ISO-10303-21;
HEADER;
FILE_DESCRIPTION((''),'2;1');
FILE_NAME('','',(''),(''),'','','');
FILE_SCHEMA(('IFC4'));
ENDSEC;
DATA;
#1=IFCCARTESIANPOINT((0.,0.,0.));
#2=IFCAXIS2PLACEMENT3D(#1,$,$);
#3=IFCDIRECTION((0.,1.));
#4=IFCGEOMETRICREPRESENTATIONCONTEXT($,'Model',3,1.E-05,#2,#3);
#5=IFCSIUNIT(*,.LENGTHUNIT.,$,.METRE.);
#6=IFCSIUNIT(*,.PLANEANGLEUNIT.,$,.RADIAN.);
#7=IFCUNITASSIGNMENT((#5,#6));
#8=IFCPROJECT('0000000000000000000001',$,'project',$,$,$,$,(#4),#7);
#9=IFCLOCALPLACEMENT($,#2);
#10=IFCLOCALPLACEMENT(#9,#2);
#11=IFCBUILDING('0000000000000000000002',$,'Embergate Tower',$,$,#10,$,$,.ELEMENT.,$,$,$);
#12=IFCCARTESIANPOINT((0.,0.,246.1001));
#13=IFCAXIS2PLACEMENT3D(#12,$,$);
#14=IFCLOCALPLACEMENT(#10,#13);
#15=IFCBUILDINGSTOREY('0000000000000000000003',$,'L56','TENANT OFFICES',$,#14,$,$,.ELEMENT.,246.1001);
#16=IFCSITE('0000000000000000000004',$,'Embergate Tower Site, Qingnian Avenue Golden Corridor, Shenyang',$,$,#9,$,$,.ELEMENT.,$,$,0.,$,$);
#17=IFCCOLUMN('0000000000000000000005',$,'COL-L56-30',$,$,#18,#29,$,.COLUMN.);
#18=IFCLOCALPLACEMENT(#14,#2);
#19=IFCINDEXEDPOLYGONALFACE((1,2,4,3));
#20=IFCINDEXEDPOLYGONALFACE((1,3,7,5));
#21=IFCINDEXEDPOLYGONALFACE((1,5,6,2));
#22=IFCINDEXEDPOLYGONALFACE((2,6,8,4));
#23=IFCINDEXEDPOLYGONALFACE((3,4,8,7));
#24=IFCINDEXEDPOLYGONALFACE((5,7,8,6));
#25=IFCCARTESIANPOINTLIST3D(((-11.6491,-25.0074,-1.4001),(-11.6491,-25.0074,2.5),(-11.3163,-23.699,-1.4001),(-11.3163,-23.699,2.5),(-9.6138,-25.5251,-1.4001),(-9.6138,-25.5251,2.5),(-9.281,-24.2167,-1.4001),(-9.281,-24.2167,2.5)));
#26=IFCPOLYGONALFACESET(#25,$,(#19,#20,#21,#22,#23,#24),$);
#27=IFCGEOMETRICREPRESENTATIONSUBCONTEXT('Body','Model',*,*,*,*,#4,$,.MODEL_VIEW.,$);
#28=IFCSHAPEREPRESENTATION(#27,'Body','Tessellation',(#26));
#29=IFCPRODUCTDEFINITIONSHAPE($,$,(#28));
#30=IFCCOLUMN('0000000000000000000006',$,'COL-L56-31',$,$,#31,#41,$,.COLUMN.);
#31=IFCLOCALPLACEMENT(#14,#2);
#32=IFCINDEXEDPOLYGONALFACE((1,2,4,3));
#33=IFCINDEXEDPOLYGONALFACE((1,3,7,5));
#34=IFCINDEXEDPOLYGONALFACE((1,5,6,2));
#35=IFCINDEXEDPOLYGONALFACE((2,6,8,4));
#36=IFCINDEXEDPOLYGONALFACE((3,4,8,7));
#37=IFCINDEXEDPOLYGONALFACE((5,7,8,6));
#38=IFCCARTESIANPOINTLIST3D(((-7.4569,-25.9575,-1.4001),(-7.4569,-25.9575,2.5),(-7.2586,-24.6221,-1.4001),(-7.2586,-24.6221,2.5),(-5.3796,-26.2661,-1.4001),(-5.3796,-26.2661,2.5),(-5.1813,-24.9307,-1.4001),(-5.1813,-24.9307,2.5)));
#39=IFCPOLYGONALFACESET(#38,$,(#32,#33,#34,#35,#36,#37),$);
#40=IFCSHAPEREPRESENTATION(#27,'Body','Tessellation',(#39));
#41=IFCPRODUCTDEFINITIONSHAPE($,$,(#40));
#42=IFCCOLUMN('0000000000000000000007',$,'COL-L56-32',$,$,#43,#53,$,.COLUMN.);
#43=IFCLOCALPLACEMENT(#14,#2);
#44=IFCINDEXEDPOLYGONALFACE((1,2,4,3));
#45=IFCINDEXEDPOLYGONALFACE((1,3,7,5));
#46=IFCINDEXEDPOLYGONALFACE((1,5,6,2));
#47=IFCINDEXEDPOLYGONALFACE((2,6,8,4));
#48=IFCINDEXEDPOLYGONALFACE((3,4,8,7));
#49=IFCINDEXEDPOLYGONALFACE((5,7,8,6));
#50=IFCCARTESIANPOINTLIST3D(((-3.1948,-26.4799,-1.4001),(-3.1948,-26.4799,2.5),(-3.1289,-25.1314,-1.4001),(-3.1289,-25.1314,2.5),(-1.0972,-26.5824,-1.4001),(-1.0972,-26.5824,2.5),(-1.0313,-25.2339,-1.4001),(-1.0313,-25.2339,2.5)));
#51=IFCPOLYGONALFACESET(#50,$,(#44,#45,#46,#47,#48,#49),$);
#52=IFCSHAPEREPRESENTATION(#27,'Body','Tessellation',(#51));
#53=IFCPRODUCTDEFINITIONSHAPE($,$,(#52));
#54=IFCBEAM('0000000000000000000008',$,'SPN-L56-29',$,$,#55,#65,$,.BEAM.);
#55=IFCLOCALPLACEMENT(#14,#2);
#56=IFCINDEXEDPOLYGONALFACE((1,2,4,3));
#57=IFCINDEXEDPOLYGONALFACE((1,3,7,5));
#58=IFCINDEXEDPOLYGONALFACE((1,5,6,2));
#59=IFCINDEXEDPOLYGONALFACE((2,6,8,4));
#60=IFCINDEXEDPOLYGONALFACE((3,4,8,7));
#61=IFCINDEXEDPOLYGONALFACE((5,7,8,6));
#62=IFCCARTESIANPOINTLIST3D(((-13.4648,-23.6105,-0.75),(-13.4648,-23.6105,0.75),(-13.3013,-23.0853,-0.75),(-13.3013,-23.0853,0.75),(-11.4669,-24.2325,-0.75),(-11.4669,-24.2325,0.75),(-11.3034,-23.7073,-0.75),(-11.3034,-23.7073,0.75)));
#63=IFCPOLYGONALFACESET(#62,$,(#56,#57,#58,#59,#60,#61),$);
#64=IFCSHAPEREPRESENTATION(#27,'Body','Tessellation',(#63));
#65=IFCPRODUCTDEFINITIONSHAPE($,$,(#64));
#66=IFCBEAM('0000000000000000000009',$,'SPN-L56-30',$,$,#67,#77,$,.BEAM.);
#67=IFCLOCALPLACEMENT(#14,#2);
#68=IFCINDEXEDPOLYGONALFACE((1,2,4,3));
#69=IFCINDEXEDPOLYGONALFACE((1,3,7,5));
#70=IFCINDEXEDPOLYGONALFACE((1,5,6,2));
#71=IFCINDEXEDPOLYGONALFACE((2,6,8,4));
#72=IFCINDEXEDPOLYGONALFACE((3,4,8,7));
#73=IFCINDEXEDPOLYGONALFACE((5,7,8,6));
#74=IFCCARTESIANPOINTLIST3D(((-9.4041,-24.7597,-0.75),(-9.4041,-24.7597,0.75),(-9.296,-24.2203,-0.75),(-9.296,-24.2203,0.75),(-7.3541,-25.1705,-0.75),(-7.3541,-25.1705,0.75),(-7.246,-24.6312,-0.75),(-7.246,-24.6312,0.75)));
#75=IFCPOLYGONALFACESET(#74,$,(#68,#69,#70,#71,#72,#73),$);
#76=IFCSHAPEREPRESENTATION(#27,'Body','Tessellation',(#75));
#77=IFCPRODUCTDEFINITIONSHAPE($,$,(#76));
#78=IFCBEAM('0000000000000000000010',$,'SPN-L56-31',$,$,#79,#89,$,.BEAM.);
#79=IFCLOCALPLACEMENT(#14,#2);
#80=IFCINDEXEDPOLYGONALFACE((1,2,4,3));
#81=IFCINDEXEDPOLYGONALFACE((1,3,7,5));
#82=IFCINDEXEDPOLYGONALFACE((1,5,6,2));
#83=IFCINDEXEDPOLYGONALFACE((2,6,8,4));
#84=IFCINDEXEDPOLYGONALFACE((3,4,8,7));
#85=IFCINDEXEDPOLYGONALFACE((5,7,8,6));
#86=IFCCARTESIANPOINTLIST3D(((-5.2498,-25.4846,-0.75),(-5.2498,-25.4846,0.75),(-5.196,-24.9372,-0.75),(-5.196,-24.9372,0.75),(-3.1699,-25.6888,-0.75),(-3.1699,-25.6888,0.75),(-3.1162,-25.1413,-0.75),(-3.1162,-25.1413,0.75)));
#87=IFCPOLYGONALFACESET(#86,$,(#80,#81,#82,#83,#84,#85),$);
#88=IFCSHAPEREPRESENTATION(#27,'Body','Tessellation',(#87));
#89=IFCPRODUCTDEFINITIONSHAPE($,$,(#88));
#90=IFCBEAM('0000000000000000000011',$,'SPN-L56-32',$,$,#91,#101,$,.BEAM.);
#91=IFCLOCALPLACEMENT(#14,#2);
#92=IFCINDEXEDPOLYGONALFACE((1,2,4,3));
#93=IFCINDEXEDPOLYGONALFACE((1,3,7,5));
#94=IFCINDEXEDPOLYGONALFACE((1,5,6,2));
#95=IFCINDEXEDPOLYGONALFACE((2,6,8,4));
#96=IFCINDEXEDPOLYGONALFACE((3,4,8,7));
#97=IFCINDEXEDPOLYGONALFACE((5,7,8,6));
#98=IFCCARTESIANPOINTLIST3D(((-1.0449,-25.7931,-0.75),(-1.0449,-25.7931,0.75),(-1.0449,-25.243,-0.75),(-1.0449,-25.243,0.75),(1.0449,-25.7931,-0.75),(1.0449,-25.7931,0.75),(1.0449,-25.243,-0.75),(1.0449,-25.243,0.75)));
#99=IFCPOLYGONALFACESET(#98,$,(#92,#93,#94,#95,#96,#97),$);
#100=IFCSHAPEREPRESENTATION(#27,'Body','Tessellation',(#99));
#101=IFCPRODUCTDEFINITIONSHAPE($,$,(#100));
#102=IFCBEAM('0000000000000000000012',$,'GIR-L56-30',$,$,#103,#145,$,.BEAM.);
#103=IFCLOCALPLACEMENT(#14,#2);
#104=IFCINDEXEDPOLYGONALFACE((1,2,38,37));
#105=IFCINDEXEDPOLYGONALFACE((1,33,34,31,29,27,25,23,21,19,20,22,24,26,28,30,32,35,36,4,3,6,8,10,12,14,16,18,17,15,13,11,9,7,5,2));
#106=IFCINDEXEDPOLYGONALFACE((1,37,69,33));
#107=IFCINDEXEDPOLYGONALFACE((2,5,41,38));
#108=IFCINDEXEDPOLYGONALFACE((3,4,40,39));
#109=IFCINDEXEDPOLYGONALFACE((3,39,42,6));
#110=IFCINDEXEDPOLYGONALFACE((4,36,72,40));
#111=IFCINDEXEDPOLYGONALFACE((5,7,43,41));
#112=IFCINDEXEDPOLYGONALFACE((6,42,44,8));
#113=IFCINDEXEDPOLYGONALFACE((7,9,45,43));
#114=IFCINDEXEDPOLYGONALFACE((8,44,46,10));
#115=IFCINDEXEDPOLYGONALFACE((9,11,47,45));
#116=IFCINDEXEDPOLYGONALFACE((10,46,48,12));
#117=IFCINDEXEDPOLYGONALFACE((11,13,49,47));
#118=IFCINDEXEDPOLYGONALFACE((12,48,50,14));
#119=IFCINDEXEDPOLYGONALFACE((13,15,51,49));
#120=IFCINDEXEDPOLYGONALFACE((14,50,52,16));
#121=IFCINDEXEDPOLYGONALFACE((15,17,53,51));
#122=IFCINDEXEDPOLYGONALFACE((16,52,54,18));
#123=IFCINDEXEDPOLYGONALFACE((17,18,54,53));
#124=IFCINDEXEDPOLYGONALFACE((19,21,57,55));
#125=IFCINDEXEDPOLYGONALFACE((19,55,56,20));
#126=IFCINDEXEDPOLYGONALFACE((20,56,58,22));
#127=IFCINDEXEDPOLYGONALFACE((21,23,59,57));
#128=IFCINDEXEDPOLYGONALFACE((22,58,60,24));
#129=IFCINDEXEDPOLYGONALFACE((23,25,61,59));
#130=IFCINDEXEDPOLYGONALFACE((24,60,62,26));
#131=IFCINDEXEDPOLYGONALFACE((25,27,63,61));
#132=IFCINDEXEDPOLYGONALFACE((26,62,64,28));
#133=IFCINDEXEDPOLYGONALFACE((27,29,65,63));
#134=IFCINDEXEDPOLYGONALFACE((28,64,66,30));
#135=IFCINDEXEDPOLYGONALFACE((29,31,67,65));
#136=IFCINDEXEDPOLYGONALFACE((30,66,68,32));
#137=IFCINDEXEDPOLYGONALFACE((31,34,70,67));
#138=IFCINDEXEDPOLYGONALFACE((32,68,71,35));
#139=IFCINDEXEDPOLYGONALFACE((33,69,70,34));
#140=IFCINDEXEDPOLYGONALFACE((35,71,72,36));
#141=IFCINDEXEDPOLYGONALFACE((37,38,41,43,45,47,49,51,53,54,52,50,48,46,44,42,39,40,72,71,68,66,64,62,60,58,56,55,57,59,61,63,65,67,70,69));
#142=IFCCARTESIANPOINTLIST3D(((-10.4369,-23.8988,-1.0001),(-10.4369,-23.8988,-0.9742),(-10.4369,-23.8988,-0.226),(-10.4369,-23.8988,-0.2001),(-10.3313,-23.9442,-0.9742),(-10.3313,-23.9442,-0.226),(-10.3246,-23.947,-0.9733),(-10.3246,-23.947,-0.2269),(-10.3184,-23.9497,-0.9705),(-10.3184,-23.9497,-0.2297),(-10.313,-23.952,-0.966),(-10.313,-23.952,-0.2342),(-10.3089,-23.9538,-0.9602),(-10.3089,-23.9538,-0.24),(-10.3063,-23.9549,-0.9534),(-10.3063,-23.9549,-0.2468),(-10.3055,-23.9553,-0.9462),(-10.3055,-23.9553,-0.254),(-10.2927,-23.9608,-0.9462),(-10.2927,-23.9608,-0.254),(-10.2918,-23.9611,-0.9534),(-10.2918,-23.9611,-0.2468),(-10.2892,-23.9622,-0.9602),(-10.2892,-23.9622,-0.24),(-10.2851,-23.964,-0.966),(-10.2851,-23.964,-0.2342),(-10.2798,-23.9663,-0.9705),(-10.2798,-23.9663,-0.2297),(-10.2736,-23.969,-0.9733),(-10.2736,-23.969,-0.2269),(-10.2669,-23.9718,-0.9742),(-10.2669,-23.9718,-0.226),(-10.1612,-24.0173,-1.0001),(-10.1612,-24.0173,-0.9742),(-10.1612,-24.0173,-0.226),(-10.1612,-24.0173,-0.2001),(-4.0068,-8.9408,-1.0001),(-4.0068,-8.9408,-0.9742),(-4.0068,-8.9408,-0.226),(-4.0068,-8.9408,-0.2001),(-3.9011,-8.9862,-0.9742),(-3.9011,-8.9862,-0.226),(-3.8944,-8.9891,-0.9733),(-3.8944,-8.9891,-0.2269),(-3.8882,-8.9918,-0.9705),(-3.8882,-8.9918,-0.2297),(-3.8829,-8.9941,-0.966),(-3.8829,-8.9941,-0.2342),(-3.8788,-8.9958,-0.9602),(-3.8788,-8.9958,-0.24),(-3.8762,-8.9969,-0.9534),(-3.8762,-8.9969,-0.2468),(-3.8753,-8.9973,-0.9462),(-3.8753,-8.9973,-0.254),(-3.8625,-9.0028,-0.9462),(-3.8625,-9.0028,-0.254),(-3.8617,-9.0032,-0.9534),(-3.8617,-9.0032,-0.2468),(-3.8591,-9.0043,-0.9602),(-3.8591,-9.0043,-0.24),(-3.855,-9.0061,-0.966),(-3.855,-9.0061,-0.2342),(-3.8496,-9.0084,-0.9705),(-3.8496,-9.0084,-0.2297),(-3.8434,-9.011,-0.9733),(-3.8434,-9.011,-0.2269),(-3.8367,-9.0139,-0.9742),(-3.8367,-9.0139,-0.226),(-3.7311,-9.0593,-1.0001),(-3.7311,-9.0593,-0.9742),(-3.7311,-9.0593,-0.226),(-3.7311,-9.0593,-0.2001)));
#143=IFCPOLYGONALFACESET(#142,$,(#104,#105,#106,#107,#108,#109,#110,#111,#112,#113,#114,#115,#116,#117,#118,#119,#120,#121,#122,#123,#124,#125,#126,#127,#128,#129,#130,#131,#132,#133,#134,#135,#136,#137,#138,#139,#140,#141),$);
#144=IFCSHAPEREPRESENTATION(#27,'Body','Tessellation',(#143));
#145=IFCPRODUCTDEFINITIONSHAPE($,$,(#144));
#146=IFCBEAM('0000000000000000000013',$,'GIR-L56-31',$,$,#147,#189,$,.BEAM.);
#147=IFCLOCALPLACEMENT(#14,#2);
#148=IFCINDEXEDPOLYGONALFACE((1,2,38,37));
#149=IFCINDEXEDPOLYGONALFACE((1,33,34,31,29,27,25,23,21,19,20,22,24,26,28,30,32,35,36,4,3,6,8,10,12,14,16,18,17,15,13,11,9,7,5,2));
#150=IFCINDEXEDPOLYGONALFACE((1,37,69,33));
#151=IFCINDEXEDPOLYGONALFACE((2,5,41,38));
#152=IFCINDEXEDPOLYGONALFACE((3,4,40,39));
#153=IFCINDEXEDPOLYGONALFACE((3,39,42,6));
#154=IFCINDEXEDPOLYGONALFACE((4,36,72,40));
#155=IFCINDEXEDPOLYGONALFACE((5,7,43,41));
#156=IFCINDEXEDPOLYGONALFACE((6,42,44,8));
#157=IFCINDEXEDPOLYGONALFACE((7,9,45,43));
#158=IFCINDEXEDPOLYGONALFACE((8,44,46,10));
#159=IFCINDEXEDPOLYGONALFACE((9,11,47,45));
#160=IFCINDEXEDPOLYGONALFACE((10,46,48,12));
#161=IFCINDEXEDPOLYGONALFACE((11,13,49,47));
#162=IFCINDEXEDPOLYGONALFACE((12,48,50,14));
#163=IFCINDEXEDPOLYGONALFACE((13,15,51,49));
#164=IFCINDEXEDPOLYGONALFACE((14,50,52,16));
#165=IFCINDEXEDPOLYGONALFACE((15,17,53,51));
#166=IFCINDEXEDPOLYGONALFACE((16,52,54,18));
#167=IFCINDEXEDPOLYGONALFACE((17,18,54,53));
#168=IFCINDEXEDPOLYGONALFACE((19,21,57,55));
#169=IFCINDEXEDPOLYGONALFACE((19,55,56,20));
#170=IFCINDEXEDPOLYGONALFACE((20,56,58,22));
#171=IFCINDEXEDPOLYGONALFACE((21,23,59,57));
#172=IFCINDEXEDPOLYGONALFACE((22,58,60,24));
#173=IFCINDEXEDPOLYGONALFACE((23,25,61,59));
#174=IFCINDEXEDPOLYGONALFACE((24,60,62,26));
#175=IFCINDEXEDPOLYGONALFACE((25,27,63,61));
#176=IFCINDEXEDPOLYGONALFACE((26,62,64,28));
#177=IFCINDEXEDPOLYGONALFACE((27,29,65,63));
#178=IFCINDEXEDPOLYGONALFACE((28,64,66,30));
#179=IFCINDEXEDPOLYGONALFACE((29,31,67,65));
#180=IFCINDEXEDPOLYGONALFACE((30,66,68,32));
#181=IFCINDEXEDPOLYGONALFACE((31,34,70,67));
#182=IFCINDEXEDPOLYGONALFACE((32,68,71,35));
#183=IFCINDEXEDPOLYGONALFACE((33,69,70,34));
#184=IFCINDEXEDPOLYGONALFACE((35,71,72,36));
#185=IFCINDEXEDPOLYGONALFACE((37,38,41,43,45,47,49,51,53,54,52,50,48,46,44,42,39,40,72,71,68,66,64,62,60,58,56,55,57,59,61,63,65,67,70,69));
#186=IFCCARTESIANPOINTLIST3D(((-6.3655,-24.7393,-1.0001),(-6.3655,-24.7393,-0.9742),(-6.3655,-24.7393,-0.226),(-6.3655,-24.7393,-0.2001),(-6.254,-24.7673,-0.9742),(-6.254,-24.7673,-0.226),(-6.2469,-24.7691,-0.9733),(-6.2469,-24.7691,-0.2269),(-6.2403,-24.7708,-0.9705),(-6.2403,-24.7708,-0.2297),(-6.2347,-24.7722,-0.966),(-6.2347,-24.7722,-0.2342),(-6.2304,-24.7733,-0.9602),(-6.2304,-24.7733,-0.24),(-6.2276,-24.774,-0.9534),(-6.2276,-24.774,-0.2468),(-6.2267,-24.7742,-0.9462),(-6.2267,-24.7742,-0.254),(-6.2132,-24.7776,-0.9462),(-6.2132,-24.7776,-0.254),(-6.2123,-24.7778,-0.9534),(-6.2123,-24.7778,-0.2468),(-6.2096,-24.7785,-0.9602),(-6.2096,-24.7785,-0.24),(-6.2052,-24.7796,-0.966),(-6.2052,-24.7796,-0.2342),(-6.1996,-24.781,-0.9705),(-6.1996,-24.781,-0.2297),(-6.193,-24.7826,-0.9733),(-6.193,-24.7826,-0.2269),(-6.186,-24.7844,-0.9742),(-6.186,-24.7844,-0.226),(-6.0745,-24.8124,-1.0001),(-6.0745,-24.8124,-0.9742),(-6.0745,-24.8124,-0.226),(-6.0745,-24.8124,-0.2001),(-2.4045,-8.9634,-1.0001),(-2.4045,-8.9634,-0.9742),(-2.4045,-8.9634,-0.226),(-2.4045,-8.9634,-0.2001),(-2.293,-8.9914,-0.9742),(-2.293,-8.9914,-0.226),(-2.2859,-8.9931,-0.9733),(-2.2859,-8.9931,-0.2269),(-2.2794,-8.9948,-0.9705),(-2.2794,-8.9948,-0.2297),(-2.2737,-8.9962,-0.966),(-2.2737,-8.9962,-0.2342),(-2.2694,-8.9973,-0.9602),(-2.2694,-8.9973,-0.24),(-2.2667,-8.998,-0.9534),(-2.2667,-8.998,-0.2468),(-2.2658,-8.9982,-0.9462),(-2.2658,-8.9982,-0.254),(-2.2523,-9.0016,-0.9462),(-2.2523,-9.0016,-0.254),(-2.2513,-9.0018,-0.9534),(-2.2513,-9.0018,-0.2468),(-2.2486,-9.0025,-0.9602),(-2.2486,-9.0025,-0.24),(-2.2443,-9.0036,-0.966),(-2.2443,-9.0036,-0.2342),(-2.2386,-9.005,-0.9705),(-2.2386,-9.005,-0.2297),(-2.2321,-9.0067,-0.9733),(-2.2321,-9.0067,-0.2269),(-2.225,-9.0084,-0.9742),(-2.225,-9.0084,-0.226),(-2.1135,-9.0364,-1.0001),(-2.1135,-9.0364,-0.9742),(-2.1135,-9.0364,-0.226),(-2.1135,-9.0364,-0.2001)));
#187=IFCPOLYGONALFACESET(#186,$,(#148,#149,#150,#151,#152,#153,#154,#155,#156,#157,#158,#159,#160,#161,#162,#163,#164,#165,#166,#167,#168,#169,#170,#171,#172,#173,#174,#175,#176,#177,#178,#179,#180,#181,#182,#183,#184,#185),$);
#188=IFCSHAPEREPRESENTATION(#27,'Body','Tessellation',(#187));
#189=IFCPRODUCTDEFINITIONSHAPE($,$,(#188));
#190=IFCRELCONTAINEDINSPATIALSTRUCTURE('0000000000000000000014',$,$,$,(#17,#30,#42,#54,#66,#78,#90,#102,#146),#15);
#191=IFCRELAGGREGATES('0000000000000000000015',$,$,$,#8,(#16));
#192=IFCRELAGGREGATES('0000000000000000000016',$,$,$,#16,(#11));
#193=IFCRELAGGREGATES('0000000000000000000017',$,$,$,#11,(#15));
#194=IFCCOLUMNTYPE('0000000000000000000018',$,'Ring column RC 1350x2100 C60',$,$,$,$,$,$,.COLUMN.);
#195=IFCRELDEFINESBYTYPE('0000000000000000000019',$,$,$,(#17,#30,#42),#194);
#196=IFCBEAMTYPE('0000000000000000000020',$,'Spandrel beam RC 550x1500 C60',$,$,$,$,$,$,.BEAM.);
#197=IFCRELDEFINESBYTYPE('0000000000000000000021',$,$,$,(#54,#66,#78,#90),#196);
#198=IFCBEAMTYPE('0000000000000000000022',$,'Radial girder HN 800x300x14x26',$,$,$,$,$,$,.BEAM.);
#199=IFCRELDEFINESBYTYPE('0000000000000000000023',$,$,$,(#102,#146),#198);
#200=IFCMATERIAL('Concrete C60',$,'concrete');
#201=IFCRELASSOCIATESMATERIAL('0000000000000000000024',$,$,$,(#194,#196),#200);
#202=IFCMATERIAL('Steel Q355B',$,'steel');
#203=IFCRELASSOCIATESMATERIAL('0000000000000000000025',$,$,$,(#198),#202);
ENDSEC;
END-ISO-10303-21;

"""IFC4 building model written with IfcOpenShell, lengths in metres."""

from ifc_helpers import new_model, si_unit, direction, frame, origin, origin_2d, place, context, subcontext, project, spatial, rectangle, i_section, extrude, source, transform, mapped, material, material_profile, profile_set, type_object, element, save


model = new_model("IFC4")

# Units and contexts
model_context = context("Model", 3, precision=1e-05, world=origin(), true_north=direction((0.0, 1.0)))
body_context = subcontext(model_context, "Body", "Model", "MODEL_VIEW")
ifc_project = project(units=[si_unit("LENGTHUNIT", "METRE"), si_unit("PLANEANGLEUNIT", "RADIAN")], contexts=[model_context])

# Site, building, storey
site_placement = place(None, origin())
site = spatial("IfcSite", under=ifc_project, at=site_placement, Name="Embergate Tower Site, Qingnian Avenue Golden Corridor, Shenyang", CompositionType="ELEMENT", RefElevation=0.0)
building_placement = place(site_placement, origin())
building = spatial("IfcBuilding", under=site, at=building_placement, Name="Embergate Tower", CompositionType="ELEMENT")
storey_placement = place(building_placement, frame((0.0, 0.0, 246.1001)))
storey = spatial("IfcBuildingStorey", under=building, at=storey_placement, Name="L56", Description="TENANT OFFICES", CompositionType="ELEMENT", Elevation=246.1001)

# Columns
ifc_material_1 = material(Name="Concrete C60", Category="concrete")
ifc_material_profile_1 = material_profile(ifc_material_1, rectangle(XDim=1.3501, YDim=2.1001, at=origin_2d()), Name="RC 1350x2100")
ifc_profile_set_1 = profile_set([ifc_material_profile_1], Name="Concrete C60")
column_type = type_object("IfcColumnType", Name="Ring column RC 1350x2100 C60", PredefinedType="COLUMN", material=ifc_profile_set_1)
shared_shape_1 = source(origin(), body_context, "Body", "SweptSolid", [
    extrude(rectangle(XDim=1.3501, YDim=2.1001, at=origin_2d()), origin(), (0.0, 0.0, 1.0), 3.9001),
])
for number, where, z_axis, x_axis, name in (
    (1, (-10.4651, -24.6121, -1.4001), (0.0, 0.0, 1.0), (-0.246509, -0.969141, 0.0), "COL-L56-30"),
    (2, (-6.3191, -25.4441, -1.4001), (0.0, 0.0, 1.0), (-0.146929, -0.989147, 0.0), "COL-L56-31"),
    (3, (-2.113, -25.8569, -1.4001), (0.0, 0.0, 1.0), (-0.048815, -0.998808, 0.0), "COL-L56-32"),
):
    element("IfcColumn", number, at=place(storey_placement, frame(where, z_axis=z_axis, x_axis=x_axis)), inside=storey, type_object=column_type, Name=name, PredefinedType="COLUMN", context=body_context, shape_type="MappedRepresentation", body=[
        mapped(shared_shape_1, transform((0.0, 0.0, 0.0))),
    ])

# Beams
ifc_material_profile_2 = material_profile(ifc_material_1, rectangle(XDim=0.55, YDim=1.5, at=origin_2d()), Name="RC 550x1500")
ifc_profile_set_2 = profile_set([ifc_material_profile_2], Name="Concrete C60")
beam_type_1 = type_object("IfcBeamType", Name="Spandrel beam RC 550x1500 C60", PredefinedType="BEAM", material=ifc_profile_set_2)
shared_shape_2 = source(origin(), body_context, "Body", "SweptSolid", [
    extrude(rectangle(XDim=0.55, YDim=1.5, at=origin_2d()), origin(), (0.0, 0.0, 1.0), 2.0925),
])
beam_1_placement = place(storey_placement, frame((-13.3831, -23.3479, 0.0), z_axis=(0.954795, -0.297265, 0.0), x_axis=(0.297265, 0.954795, 0.0)))
element("IfcBeam", 4, at=beam_1_placement, inside=storey, type_object=beam_type_1, Name="SPN-L56-29", PredefinedType="BEAM", context=body_context, shape_type="MappedRepresentation", body=[
    mapped(shared_shape_2, transform((0.0, 0.0, 0.0))),
])
shared_shape_3 = source(origin(), body_context, "Body", "SweptSolid", [
    extrude(rectangle(XDim=0.55, YDim=1.5, at=origin_2d()), origin(), (0.0, 0.0, 1.0), 2.0908),
])
beam_2_placement = place(storey_placement, frame((-9.3501, -24.49, 0.0), z_axis=(0.9805, -0.19652, 0.0), x_axis=(0.19652, 0.9805, 0.0)))
element("IfcBeam", 5, at=beam_2_placement, inside=storey, type_object=beam_type_1, Name="SPN-L56-30", PredefinedType="BEAM", context=body_context, shape_type="MappedRepresentation", body=[
    mapped(shared_shape_3, transform((0.0, 0.0, 0.0))),
])
shared_shape_4 = source(origin(), body_context, "Body", "SweptSolid", [
    extrude(rectangle(XDim=0.55, YDim=1.5, at=origin_2d()), origin(), (0.0, 0.0, 1.0), 2.0898),
])
for number, where, z_axis, x_axis, name in (
    (6, (-5.2229, -25.2109, 0.0), (0.995219, -0.097664, 0.0), (0.097664, 0.995219, 0.0), "SPN-L56-31"),
    (7, (-1.0449, -25.5181, 0.0), (1.0, 0.0, 0.0), (0.0, 1.0, 0.0), "SPN-L56-32"),
):
    element("IfcBeam", number, at=place(storey_placement, frame(where, z_axis=z_axis, x_axis=x_axis)), inside=storey, type_object=beam_type_1, Name=name, PredefinedType="BEAM", context=body_context, shape_type="MappedRepresentation", body=[
        mapped(shared_shape_4, transform((0.0, 0.0, 0.0))),
    ])
ifc_material_2 = material(Name="Steel Q355B", Category="steel")
ifc_material_profile_3 = material_profile(ifc_material_2, i_section(OverallWidth=0.3, OverallDepth=0.8, WebThickness=0.0139, FlangeThickness=0.0259, FilletRadius=0.0281, at=origin_2d()), Name="HN 800x300x14x26")
ifc_profile_set_3 = profile_set([ifc_material_profile_3], Name="Steel Q355 grade B")
beam_type_2 = type_object("IfcBeamType", Name="Radial girder HN 800x300x14x26", PredefinedType="BEAM", material=ifc_profile_set_3)
shared_shape_5 = source(origin(), body_context, "Body", "SweptSolid", [
    extrude(i_section(OverallWidth=0.3, OverallDepth=0.8, WebThickness=0.0139, FlangeThickness=0.0259, FilletRadius=0.0281, at=origin_2d()), origin(), (0.0, 0.0, 1.0), 16.2815),
])
beam_3_placement = place(storey_placement, frame((-10.2991, -23.958, -0.6001), z_axis=(0.394936, 0.918709, 0.0), x_axis=(-0.918709, 0.394936, 0.0)))
element("IfcBeam", 8, at=beam_3_placement, inside=storey, type_object=beam_type_2, Name="GIR-L56-30", PredefinedType="BEAM", context=body_context, shape_type="MappedRepresentation", body=[
    mapped(shared_shape_5, transform((0.0, 0.0, 0.0))),
])
shared_shape_6 = source(origin(), body_context, "Body", "SweptSolid", [
    extrude(i_section(OverallWidth=0.3, OverallDepth=0.8, WebThickness=0.0139, FlangeThickness=0.0259, FilletRadius=0.0281, at=origin_2d()), origin(), (0.0, 0.0, 1.0), 16.2656),
])
beam_4_placement = place(storey_placement, frame((-6.22, -24.7759, -0.6001), z_axis=(0.243517, 0.969897, 0.0), x_axis=(-0.969897, 0.243517, 0.0)))
element("IfcBeam", 9, at=beam_4_placement, inside=storey, type_object=beam_type_2, Name="GIR-L56-31", PredefinedType="BEAM", context=body_context, shape_type="MappedRepresentation", body=[
    mapped(shared_shape_6, transform((0.0, 0.0, 0.0))),
])

save(model, "model.ifc")
